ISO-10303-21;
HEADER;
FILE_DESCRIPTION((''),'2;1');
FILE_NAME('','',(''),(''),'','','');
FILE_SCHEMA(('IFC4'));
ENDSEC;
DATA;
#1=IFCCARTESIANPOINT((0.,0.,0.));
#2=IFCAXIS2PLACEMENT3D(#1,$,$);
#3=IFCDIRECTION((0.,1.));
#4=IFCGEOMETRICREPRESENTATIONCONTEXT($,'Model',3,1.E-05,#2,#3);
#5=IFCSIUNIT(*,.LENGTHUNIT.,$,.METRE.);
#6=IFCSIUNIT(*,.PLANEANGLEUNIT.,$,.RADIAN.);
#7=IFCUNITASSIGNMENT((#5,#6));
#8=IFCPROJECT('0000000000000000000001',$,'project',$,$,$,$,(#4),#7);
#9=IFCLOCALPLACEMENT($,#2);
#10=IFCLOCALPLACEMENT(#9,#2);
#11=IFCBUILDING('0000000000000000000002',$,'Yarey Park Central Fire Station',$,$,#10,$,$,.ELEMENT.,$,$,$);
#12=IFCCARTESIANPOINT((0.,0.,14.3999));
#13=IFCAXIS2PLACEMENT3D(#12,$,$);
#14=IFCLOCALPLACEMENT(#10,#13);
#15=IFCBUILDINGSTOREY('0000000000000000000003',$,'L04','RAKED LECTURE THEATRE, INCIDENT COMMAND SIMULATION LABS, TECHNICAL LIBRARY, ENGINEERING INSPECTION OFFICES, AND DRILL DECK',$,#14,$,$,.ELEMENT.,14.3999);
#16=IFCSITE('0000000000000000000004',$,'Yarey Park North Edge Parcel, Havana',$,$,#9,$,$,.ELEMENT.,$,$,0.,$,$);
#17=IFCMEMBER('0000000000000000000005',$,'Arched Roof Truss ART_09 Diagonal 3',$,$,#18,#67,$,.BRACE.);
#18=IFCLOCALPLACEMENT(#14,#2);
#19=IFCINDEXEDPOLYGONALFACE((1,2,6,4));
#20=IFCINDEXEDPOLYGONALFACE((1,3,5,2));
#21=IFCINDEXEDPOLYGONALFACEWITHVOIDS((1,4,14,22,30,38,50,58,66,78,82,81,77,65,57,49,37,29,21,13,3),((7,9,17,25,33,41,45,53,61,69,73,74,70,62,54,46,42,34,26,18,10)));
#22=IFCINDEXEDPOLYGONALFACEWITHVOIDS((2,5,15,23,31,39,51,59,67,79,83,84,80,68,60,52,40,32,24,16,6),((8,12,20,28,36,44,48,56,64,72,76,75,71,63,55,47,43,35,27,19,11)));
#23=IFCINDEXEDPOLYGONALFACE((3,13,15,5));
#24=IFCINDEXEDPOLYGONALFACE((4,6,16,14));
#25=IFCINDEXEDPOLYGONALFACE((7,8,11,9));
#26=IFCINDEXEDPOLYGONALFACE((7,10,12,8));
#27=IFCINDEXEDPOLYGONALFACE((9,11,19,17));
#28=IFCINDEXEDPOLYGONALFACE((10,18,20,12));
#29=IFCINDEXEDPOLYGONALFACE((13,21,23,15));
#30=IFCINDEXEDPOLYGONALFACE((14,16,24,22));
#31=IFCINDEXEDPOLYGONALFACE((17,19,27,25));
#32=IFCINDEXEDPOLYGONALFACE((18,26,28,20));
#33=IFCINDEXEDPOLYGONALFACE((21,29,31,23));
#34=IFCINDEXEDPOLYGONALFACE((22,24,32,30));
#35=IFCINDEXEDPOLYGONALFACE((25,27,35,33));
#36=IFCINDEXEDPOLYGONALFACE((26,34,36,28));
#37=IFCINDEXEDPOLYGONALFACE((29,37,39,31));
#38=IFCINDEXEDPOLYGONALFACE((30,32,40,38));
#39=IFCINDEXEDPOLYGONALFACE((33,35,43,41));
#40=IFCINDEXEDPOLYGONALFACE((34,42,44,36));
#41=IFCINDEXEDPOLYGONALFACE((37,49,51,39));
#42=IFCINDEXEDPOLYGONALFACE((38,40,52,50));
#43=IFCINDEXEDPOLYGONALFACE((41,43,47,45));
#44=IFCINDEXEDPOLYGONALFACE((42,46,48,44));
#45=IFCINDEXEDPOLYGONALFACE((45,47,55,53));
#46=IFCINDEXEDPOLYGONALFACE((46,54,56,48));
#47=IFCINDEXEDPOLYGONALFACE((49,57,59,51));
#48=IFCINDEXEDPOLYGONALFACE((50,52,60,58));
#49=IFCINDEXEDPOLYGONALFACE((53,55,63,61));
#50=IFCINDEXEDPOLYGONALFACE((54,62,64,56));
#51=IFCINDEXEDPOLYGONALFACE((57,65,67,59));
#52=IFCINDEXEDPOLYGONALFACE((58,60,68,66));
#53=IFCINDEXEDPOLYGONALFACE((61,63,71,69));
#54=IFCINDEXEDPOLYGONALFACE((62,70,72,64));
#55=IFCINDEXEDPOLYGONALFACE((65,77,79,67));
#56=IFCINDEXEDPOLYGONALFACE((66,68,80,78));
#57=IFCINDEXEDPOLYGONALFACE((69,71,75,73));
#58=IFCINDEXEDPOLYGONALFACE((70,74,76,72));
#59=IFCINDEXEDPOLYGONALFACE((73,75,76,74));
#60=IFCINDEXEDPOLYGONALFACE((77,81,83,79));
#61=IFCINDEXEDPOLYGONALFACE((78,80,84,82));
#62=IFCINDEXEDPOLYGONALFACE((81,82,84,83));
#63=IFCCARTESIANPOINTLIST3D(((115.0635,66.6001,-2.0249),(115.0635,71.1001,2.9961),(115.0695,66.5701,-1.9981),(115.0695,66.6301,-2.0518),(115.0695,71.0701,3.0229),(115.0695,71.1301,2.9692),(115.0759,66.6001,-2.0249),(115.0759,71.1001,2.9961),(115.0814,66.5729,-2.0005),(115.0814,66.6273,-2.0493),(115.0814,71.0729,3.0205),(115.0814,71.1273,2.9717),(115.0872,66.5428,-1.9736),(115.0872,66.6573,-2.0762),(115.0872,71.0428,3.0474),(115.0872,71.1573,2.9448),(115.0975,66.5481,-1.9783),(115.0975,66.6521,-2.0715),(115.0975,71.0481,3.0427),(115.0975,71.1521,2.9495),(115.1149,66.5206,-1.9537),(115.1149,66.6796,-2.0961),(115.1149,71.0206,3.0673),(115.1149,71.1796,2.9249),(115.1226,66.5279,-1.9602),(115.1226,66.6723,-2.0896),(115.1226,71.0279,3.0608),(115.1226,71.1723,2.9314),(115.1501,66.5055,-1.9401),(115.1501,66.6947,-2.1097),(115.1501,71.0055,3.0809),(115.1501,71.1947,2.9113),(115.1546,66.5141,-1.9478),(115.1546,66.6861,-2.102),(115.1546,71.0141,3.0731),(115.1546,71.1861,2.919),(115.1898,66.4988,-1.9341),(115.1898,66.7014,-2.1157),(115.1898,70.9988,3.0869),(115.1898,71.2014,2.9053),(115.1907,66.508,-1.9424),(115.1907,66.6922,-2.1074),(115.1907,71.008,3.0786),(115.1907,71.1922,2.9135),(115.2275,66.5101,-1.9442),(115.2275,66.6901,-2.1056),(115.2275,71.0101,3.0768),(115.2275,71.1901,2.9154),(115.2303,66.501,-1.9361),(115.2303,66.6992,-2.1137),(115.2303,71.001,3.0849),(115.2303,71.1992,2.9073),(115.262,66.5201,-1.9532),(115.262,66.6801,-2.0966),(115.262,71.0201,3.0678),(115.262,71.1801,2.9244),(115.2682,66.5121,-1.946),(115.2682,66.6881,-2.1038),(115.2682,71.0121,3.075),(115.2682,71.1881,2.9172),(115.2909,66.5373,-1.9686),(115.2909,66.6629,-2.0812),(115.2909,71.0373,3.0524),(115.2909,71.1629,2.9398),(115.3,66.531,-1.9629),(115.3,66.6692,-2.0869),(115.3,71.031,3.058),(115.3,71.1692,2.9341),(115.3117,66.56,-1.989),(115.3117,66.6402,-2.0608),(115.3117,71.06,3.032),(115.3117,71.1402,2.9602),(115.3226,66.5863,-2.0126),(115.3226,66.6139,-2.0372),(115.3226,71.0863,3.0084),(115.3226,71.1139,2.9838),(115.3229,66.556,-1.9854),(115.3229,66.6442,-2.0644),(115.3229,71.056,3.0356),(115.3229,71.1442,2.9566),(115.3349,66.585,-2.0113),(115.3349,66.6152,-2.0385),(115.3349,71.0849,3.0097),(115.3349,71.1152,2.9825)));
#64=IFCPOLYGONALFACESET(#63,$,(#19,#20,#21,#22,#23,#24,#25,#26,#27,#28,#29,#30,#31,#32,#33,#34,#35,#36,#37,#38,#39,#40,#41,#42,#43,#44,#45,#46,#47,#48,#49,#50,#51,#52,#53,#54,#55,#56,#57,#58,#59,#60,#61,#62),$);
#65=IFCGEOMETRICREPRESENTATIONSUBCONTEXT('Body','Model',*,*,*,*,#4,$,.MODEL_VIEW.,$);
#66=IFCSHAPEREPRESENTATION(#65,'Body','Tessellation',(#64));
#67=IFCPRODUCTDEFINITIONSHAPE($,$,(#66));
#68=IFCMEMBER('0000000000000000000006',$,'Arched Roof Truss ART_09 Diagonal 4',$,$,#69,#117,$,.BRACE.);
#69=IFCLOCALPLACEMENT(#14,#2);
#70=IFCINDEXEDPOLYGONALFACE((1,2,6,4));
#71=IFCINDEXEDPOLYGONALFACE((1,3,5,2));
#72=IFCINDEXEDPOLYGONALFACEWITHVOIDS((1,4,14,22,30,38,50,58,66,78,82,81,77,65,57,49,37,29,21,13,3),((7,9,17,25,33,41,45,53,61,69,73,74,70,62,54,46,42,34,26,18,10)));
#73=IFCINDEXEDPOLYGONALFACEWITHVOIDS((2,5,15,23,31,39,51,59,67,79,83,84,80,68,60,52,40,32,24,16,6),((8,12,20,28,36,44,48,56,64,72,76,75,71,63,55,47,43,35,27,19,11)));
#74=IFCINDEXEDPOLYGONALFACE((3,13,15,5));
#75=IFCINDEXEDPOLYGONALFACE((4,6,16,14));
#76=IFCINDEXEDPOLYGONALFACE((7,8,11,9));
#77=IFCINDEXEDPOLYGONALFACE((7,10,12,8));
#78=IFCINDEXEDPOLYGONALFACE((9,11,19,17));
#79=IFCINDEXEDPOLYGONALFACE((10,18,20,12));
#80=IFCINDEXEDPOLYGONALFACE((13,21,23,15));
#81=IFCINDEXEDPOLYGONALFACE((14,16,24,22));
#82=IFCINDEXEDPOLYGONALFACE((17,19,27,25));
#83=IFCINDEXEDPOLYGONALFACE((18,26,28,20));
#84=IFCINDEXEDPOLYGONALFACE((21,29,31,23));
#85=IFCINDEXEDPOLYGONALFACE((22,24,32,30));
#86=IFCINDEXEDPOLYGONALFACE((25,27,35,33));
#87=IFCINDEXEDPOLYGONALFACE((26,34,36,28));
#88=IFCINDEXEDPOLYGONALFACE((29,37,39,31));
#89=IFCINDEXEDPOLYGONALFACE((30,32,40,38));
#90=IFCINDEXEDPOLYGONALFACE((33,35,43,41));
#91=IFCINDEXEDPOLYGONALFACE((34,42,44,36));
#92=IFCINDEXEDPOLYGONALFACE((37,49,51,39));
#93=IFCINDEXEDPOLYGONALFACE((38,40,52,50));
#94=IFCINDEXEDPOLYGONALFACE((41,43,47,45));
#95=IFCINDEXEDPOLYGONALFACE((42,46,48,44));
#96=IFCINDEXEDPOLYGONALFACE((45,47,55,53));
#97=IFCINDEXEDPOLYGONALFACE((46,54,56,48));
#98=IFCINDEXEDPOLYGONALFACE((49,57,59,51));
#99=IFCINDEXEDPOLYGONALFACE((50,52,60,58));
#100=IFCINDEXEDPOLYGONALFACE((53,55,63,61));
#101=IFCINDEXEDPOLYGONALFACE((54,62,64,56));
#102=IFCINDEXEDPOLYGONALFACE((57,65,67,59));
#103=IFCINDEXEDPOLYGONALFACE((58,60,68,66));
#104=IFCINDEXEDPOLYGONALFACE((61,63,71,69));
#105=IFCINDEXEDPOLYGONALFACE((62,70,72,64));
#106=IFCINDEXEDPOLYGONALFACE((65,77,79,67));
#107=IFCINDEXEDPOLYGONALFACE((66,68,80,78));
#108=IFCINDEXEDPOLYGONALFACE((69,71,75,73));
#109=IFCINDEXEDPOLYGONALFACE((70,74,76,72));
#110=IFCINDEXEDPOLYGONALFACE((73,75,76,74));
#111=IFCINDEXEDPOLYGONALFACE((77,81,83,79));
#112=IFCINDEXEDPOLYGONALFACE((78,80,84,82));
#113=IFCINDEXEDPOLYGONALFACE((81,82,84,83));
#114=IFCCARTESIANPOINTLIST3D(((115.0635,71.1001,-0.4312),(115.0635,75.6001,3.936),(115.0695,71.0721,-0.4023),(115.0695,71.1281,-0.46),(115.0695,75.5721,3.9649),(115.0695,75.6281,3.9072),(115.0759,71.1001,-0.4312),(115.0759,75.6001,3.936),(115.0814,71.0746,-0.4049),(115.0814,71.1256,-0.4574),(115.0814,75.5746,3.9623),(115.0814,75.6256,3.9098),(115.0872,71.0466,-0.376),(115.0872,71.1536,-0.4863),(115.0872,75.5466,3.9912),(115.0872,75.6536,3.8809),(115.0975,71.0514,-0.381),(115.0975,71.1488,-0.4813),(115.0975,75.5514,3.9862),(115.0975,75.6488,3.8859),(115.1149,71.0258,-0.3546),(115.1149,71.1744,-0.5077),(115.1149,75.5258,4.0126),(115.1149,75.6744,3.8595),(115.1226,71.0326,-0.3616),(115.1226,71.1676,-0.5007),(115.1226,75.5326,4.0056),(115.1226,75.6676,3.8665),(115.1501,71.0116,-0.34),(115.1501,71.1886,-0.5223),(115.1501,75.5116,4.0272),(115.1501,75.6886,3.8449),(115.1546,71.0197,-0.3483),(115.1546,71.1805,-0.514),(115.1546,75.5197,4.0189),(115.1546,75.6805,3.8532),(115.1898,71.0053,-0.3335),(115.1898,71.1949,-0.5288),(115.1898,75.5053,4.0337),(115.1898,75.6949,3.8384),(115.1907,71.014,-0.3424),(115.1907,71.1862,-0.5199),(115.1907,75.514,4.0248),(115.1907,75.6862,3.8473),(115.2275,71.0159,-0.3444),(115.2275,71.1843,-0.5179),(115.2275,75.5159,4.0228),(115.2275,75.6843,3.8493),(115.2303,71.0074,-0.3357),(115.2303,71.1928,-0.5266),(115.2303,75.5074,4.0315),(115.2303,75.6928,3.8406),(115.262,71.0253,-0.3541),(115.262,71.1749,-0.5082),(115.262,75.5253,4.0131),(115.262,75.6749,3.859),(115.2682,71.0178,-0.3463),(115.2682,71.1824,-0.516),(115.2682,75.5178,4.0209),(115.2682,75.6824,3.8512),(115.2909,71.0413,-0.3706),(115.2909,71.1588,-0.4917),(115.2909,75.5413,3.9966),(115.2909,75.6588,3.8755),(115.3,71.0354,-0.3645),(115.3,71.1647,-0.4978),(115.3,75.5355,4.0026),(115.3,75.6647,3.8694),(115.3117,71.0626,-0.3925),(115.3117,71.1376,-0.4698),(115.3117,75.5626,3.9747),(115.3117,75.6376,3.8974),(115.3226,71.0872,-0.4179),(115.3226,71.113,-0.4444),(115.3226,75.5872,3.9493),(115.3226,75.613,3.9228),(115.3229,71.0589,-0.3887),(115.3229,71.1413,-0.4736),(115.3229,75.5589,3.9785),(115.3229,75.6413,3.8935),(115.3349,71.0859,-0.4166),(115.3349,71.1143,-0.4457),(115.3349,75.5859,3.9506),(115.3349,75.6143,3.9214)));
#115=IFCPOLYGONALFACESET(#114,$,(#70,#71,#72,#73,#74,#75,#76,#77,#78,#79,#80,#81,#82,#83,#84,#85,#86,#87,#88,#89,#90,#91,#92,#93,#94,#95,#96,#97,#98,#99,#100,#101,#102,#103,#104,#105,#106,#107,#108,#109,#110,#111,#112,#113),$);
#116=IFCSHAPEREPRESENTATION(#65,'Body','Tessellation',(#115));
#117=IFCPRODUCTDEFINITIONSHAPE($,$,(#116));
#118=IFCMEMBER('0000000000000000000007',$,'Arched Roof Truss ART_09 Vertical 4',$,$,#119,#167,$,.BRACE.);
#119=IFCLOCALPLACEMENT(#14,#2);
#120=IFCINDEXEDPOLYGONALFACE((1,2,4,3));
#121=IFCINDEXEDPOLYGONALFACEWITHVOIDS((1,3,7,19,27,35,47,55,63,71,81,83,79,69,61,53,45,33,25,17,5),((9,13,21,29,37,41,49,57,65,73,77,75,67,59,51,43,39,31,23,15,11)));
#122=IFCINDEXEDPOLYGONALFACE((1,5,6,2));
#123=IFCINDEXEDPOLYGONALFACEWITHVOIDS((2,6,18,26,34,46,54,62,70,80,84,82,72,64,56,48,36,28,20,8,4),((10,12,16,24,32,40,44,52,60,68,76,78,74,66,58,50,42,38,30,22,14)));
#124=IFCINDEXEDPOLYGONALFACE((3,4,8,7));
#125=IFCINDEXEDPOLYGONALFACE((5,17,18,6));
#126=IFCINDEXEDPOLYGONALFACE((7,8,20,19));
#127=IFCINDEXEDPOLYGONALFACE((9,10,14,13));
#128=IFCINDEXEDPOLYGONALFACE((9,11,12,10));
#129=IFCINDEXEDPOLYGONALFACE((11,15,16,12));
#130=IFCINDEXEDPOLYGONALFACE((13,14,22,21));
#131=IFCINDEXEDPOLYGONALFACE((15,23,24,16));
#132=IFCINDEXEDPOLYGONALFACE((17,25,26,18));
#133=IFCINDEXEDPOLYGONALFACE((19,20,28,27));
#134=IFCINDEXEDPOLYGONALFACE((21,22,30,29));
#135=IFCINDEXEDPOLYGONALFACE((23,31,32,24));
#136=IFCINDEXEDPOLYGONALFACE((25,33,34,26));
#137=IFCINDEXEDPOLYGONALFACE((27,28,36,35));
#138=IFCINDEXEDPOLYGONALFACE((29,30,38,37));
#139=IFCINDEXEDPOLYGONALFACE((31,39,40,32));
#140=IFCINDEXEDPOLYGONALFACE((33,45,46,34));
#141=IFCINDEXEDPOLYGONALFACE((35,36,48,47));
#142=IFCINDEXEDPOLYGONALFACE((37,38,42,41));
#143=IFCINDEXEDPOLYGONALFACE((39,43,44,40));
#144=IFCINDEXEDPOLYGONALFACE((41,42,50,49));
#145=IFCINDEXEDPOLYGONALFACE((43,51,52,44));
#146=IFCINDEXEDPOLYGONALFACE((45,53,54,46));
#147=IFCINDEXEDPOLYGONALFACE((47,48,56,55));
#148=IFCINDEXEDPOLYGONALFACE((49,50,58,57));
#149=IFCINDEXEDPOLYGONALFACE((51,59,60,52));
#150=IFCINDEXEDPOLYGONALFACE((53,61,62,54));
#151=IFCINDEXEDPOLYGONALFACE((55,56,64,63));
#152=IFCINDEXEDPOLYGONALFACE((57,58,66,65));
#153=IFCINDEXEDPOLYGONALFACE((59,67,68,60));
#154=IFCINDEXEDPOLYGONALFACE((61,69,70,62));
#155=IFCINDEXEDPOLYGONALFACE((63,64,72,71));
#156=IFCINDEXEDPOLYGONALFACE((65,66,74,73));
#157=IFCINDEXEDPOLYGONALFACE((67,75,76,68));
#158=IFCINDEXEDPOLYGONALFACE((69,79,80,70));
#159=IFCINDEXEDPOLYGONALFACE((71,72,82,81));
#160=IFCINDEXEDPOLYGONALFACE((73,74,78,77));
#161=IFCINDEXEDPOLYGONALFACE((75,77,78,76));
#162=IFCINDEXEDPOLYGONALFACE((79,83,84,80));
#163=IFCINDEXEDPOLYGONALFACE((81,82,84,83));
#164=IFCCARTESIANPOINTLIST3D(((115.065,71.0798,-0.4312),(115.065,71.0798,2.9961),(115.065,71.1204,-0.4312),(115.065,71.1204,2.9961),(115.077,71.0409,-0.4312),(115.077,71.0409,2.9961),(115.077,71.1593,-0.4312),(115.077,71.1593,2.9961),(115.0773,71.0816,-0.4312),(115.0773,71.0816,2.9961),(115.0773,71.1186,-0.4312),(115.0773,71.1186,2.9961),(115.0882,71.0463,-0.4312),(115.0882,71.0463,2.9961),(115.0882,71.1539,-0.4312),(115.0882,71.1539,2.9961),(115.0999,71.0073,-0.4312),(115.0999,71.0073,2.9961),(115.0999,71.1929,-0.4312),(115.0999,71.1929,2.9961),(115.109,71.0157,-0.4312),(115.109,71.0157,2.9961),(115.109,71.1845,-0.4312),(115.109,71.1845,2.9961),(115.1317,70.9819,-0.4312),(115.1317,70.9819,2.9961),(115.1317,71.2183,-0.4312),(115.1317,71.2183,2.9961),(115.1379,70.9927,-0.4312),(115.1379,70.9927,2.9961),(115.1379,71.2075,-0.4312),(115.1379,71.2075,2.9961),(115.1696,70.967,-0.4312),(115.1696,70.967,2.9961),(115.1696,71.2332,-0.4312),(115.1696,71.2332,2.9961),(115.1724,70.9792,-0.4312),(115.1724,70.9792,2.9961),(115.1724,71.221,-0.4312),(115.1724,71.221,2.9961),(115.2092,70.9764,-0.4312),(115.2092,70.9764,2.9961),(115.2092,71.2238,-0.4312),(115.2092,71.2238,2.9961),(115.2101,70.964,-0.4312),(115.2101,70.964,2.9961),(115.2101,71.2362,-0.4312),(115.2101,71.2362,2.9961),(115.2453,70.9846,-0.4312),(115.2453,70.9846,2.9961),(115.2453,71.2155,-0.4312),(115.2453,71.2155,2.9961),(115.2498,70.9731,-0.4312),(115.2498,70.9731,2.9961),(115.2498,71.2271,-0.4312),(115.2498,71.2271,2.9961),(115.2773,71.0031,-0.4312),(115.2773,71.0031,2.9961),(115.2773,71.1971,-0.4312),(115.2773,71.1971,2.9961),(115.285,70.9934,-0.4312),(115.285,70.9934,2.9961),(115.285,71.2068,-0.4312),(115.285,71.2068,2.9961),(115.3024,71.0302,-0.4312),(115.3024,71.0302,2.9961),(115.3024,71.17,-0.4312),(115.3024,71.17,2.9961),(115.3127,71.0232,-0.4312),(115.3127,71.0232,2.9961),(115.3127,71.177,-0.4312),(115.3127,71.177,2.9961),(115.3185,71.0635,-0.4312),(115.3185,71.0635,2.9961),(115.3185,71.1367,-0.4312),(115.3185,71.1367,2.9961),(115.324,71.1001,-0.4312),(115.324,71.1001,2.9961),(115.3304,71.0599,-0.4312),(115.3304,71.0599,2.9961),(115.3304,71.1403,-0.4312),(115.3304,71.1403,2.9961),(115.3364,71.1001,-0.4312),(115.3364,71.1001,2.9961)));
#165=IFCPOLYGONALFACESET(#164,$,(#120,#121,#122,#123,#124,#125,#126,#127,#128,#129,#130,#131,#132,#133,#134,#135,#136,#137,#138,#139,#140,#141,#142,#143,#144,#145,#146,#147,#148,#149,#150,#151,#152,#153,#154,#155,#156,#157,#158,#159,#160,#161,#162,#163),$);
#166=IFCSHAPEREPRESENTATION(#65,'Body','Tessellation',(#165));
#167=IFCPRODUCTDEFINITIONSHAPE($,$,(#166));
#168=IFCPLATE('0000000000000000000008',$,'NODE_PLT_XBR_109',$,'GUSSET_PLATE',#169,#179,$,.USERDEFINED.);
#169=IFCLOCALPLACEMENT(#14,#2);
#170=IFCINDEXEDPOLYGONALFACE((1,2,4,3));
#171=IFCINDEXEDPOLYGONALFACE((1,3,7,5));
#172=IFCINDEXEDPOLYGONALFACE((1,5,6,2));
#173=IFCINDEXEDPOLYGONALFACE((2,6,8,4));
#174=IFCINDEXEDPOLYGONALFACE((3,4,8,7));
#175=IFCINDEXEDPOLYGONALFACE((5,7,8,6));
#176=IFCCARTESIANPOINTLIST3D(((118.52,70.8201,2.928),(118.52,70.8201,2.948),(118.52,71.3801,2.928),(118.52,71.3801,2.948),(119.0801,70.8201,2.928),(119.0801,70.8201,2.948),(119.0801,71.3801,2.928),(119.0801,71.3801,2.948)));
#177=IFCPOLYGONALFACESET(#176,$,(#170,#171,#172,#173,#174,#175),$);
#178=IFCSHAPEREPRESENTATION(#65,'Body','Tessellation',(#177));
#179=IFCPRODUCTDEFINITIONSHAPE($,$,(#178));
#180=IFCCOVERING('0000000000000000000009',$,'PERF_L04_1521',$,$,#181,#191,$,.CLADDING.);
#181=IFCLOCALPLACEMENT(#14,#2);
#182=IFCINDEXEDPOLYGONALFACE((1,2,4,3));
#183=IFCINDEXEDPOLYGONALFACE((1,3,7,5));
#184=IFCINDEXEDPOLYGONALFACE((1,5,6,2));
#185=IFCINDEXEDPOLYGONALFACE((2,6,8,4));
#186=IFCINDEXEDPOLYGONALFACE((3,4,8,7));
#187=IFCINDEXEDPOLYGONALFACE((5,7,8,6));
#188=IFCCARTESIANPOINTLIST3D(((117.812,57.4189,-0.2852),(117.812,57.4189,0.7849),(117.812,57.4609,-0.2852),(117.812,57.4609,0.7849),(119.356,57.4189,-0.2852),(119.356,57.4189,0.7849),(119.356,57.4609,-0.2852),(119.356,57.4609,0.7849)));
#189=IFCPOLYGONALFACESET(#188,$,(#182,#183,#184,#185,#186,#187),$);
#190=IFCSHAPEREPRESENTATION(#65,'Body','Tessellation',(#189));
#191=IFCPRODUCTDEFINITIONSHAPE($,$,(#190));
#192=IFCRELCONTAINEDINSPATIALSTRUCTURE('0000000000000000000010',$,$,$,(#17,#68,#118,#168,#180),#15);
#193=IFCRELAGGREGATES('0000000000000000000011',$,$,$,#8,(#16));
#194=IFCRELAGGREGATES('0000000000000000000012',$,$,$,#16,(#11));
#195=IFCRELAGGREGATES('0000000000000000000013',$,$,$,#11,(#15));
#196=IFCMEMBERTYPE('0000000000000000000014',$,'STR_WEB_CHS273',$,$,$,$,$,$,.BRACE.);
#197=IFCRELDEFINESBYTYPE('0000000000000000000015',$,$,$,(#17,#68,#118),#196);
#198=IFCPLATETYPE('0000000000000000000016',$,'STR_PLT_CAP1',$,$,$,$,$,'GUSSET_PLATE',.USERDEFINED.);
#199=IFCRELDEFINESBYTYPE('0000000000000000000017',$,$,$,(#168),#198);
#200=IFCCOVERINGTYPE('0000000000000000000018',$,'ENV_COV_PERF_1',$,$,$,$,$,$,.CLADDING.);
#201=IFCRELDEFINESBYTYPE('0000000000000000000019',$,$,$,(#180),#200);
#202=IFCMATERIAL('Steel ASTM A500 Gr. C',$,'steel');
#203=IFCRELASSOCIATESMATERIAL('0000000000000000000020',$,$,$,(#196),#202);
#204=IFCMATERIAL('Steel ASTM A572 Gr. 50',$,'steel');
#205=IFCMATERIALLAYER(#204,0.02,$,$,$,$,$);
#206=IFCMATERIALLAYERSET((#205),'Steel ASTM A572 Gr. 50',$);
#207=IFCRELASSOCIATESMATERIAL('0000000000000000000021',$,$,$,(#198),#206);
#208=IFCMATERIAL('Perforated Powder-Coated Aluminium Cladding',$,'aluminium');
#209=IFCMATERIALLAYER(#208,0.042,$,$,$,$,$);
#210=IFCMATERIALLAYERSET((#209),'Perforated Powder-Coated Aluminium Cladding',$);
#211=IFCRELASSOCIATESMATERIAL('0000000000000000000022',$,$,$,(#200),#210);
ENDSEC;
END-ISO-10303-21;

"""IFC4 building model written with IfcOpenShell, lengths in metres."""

from ifc_helpers import new_model, si_unit, direction, frame, origin, origin_2d, place, context, subcontext, project, spatial, rectangle, hollow_circle, extrude, material, layer, layer_set, material_profile, profile_set, type_object, element, save


model = new_model("IFC4")

# Units and contexts
model_context = context("Model", 3, precision=1e-05, world=origin(), true_north=direction((0.0, 1.0)))
body_context = subcontext(model_context, "Body", "Model", "MODEL_VIEW")
ifc_project = project(units=[si_unit("LENGTHUNIT", "METRE"), si_unit("PLANEANGLEUNIT", "RADIAN")], contexts=[model_context])

# Site, building, storey
site_placement = place(None, origin())
site = spatial("IfcSite", under=ifc_project, at=site_placement, Name="Yarey Park North Edge Parcel, Havana", CompositionType="ELEMENT", RefElevation=0.0)
building_placement = place(site_placement, origin())
building = spatial("IfcBuilding", under=site, at=building_placement, Name="Yarey Park Central Fire Station", CompositionType="ELEMENT")
storey_placement = place(building_placement, frame((0.0, 0.0, 14.3999)))
storey = spatial("IfcBuildingStorey", under=building, at=storey_placement, Name="L04", Description="RAKED LECTURE THEATRE, INCIDENT COMMAND SIMULATION LABS, TECHNICAL LIBRARY, ENGINEERING INSPECTION OFFICES, AND DRILL DECK", CompositionType="ELEMENT", Elevation=14.3999)

# Shared definitions
ifc_material_1 = material(Name="Steel ASTM A500 Gr. C", Category="steel")

# Members
ifc_material_profile_1 = material_profile(ifc_material_1, hollow_circle(Radius=0.1365, WallThickness=0.0125, at=origin_2d()), Name="CHS 273x12.5")
ifc_profile_set_1 = profile_set([ifc_material_profile_1], Name="Steel ASTM A500 Gr. C")
member_type_1 = type_object("IfcMemberType", Name="STR_WEB_CHS273", PredefinedType="BRACE", material=ifc_profile_set_1)
member_1_placement = place(storey_placement, frame((115.2, 66.6001, -2.0249), z_axis=(0.0, 0.667415, 0.744686), x_axis=(-1.0, 0.0, 0.0)))
element("IfcMember", 1, at=member_1_placement, inside=storey, type_object=member_type_1, Name="Arched Roof Truss ART_09 Diagonal 3", PredefinedType="BRACE", context=body_context, shape_type="SweptSolid", body=[
    extrude(hollow_circle(Radius=0.1365, WallThickness=0.0125, at=origin_2d()), origin(), (0.0, 0.0, 1.0), 6.7424),
])
member_2_placement = place(storey_placement, frame((115.2, 71.1001, -0.4312), z_axis=(0.0, 0.717617, 0.696438), x_axis=(-1.0, 0.0, 0.0)))
element("IfcMember", 2, at=member_2_placement, inside=storey, type_object=member_type_1, Name="Arched Roof Truss ART_09 Diagonal 4", PredefinedType="BRACE", context=body_context, shape_type="SweptSolid", body=[
    extrude(hollow_circle(Radius=0.1365, WallThickness=0.0125, at=origin_2d()), origin(), (0.0, 0.0, 1.0), 6.2708),
])
member_3_placement = place(storey_placement, frame((115.2, 71.1001, -0.4312), z_axis=(0.0, 0.0, 1.0), x_axis=(1.0, 0.0, 0.0)))
element("IfcMember", 3, at=member_3_placement, inside=storey, type_object=member_type_1, Name="Arched Roof Truss ART_09 Vertical 4", PredefinedType="BRACE", context=body_context, shape_type="SweptSolid", body=[
    extrude(hollow_circle(Radius=0.1365, WallThickness=0.0125, at=origin_2d()), origin(), (0.0, 0.0, 1.0), 3.4272),
])

# Plate
ifc_material_2 = material(Name="Steel ASTM A572 Gr. 50", Category="steel")
ifc_layer_1 = layer(ifc_material_2, 0.02)
ifc_layer_set_1 = layer_set([ifc_layer_1], Name="Steel ASTM A572 Gr. 50")
plate_type = type_object("IfcPlateType", Name="STR_PLT_CAP1", ElementType="GUSSET_PLATE", PredefinedType="USERDEFINED", material=ifc_layer_set_1)
plate_placement = place(storey_placement, frame((118.8, 71.1001, 2.928), z_axis=(0.0, 0.0, 1.0), x_axis=(1.0, 0.0, 0.0)))
element("IfcPlate", 4, at=plate_placement, inside=storey, type_object=plate_type, Name="NODE_PLT_XBR_109", ObjectType="GUSSET_PLATE", PredefinedType="USERDEFINED", context=body_context, shape_type="SweptSolid", body=[
    extrude(rectangle(XDim=0.5601, YDim=0.5601, at=origin_2d()), origin(), (0.0, 0.0, 1.0), 0.02),
])

# Covering
ifc_material_3 = material(Name="Perforated Powder-Coated Aluminium Cladding", Category="aluminium")
ifc_layer_2 = layer(ifc_material_3, 0.042)
ifc_layer_set_2 = layer_set([ifc_layer_2], Name="Perforated Powder-Coated Aluminium Cladding")
covering_type_1 = type_object("IfcCoveringType", Name="ENV_COV_PERF_1", PredefinedType="CLADDING", material=ifc_layer_set_2)
for number, where, z_axis, x_axis, name in (
    (5, (118.584, 57.4399, -0.2852), (0.0, 0.0, 1.0), (1.0, 0.0, 0.0), "PERF_L04_1521"),
):
    element("IfcCovering", number, at=place(storey_placement, frame(where, z_axis=z_axis, x_axis=x_axis)), inside=storey, type_object=covering_type_1, Name=name, PredefinedType="CLADDING", context=body_context, shape_type="SweptSolid", body=[
        extrude(rectangle(XDim=1.5439, YDim=0.042, at=origin_2d()), origin(), (0.0, 0.0, 1.0), 1.0701),
    ])

save(model, "model.ifc")
